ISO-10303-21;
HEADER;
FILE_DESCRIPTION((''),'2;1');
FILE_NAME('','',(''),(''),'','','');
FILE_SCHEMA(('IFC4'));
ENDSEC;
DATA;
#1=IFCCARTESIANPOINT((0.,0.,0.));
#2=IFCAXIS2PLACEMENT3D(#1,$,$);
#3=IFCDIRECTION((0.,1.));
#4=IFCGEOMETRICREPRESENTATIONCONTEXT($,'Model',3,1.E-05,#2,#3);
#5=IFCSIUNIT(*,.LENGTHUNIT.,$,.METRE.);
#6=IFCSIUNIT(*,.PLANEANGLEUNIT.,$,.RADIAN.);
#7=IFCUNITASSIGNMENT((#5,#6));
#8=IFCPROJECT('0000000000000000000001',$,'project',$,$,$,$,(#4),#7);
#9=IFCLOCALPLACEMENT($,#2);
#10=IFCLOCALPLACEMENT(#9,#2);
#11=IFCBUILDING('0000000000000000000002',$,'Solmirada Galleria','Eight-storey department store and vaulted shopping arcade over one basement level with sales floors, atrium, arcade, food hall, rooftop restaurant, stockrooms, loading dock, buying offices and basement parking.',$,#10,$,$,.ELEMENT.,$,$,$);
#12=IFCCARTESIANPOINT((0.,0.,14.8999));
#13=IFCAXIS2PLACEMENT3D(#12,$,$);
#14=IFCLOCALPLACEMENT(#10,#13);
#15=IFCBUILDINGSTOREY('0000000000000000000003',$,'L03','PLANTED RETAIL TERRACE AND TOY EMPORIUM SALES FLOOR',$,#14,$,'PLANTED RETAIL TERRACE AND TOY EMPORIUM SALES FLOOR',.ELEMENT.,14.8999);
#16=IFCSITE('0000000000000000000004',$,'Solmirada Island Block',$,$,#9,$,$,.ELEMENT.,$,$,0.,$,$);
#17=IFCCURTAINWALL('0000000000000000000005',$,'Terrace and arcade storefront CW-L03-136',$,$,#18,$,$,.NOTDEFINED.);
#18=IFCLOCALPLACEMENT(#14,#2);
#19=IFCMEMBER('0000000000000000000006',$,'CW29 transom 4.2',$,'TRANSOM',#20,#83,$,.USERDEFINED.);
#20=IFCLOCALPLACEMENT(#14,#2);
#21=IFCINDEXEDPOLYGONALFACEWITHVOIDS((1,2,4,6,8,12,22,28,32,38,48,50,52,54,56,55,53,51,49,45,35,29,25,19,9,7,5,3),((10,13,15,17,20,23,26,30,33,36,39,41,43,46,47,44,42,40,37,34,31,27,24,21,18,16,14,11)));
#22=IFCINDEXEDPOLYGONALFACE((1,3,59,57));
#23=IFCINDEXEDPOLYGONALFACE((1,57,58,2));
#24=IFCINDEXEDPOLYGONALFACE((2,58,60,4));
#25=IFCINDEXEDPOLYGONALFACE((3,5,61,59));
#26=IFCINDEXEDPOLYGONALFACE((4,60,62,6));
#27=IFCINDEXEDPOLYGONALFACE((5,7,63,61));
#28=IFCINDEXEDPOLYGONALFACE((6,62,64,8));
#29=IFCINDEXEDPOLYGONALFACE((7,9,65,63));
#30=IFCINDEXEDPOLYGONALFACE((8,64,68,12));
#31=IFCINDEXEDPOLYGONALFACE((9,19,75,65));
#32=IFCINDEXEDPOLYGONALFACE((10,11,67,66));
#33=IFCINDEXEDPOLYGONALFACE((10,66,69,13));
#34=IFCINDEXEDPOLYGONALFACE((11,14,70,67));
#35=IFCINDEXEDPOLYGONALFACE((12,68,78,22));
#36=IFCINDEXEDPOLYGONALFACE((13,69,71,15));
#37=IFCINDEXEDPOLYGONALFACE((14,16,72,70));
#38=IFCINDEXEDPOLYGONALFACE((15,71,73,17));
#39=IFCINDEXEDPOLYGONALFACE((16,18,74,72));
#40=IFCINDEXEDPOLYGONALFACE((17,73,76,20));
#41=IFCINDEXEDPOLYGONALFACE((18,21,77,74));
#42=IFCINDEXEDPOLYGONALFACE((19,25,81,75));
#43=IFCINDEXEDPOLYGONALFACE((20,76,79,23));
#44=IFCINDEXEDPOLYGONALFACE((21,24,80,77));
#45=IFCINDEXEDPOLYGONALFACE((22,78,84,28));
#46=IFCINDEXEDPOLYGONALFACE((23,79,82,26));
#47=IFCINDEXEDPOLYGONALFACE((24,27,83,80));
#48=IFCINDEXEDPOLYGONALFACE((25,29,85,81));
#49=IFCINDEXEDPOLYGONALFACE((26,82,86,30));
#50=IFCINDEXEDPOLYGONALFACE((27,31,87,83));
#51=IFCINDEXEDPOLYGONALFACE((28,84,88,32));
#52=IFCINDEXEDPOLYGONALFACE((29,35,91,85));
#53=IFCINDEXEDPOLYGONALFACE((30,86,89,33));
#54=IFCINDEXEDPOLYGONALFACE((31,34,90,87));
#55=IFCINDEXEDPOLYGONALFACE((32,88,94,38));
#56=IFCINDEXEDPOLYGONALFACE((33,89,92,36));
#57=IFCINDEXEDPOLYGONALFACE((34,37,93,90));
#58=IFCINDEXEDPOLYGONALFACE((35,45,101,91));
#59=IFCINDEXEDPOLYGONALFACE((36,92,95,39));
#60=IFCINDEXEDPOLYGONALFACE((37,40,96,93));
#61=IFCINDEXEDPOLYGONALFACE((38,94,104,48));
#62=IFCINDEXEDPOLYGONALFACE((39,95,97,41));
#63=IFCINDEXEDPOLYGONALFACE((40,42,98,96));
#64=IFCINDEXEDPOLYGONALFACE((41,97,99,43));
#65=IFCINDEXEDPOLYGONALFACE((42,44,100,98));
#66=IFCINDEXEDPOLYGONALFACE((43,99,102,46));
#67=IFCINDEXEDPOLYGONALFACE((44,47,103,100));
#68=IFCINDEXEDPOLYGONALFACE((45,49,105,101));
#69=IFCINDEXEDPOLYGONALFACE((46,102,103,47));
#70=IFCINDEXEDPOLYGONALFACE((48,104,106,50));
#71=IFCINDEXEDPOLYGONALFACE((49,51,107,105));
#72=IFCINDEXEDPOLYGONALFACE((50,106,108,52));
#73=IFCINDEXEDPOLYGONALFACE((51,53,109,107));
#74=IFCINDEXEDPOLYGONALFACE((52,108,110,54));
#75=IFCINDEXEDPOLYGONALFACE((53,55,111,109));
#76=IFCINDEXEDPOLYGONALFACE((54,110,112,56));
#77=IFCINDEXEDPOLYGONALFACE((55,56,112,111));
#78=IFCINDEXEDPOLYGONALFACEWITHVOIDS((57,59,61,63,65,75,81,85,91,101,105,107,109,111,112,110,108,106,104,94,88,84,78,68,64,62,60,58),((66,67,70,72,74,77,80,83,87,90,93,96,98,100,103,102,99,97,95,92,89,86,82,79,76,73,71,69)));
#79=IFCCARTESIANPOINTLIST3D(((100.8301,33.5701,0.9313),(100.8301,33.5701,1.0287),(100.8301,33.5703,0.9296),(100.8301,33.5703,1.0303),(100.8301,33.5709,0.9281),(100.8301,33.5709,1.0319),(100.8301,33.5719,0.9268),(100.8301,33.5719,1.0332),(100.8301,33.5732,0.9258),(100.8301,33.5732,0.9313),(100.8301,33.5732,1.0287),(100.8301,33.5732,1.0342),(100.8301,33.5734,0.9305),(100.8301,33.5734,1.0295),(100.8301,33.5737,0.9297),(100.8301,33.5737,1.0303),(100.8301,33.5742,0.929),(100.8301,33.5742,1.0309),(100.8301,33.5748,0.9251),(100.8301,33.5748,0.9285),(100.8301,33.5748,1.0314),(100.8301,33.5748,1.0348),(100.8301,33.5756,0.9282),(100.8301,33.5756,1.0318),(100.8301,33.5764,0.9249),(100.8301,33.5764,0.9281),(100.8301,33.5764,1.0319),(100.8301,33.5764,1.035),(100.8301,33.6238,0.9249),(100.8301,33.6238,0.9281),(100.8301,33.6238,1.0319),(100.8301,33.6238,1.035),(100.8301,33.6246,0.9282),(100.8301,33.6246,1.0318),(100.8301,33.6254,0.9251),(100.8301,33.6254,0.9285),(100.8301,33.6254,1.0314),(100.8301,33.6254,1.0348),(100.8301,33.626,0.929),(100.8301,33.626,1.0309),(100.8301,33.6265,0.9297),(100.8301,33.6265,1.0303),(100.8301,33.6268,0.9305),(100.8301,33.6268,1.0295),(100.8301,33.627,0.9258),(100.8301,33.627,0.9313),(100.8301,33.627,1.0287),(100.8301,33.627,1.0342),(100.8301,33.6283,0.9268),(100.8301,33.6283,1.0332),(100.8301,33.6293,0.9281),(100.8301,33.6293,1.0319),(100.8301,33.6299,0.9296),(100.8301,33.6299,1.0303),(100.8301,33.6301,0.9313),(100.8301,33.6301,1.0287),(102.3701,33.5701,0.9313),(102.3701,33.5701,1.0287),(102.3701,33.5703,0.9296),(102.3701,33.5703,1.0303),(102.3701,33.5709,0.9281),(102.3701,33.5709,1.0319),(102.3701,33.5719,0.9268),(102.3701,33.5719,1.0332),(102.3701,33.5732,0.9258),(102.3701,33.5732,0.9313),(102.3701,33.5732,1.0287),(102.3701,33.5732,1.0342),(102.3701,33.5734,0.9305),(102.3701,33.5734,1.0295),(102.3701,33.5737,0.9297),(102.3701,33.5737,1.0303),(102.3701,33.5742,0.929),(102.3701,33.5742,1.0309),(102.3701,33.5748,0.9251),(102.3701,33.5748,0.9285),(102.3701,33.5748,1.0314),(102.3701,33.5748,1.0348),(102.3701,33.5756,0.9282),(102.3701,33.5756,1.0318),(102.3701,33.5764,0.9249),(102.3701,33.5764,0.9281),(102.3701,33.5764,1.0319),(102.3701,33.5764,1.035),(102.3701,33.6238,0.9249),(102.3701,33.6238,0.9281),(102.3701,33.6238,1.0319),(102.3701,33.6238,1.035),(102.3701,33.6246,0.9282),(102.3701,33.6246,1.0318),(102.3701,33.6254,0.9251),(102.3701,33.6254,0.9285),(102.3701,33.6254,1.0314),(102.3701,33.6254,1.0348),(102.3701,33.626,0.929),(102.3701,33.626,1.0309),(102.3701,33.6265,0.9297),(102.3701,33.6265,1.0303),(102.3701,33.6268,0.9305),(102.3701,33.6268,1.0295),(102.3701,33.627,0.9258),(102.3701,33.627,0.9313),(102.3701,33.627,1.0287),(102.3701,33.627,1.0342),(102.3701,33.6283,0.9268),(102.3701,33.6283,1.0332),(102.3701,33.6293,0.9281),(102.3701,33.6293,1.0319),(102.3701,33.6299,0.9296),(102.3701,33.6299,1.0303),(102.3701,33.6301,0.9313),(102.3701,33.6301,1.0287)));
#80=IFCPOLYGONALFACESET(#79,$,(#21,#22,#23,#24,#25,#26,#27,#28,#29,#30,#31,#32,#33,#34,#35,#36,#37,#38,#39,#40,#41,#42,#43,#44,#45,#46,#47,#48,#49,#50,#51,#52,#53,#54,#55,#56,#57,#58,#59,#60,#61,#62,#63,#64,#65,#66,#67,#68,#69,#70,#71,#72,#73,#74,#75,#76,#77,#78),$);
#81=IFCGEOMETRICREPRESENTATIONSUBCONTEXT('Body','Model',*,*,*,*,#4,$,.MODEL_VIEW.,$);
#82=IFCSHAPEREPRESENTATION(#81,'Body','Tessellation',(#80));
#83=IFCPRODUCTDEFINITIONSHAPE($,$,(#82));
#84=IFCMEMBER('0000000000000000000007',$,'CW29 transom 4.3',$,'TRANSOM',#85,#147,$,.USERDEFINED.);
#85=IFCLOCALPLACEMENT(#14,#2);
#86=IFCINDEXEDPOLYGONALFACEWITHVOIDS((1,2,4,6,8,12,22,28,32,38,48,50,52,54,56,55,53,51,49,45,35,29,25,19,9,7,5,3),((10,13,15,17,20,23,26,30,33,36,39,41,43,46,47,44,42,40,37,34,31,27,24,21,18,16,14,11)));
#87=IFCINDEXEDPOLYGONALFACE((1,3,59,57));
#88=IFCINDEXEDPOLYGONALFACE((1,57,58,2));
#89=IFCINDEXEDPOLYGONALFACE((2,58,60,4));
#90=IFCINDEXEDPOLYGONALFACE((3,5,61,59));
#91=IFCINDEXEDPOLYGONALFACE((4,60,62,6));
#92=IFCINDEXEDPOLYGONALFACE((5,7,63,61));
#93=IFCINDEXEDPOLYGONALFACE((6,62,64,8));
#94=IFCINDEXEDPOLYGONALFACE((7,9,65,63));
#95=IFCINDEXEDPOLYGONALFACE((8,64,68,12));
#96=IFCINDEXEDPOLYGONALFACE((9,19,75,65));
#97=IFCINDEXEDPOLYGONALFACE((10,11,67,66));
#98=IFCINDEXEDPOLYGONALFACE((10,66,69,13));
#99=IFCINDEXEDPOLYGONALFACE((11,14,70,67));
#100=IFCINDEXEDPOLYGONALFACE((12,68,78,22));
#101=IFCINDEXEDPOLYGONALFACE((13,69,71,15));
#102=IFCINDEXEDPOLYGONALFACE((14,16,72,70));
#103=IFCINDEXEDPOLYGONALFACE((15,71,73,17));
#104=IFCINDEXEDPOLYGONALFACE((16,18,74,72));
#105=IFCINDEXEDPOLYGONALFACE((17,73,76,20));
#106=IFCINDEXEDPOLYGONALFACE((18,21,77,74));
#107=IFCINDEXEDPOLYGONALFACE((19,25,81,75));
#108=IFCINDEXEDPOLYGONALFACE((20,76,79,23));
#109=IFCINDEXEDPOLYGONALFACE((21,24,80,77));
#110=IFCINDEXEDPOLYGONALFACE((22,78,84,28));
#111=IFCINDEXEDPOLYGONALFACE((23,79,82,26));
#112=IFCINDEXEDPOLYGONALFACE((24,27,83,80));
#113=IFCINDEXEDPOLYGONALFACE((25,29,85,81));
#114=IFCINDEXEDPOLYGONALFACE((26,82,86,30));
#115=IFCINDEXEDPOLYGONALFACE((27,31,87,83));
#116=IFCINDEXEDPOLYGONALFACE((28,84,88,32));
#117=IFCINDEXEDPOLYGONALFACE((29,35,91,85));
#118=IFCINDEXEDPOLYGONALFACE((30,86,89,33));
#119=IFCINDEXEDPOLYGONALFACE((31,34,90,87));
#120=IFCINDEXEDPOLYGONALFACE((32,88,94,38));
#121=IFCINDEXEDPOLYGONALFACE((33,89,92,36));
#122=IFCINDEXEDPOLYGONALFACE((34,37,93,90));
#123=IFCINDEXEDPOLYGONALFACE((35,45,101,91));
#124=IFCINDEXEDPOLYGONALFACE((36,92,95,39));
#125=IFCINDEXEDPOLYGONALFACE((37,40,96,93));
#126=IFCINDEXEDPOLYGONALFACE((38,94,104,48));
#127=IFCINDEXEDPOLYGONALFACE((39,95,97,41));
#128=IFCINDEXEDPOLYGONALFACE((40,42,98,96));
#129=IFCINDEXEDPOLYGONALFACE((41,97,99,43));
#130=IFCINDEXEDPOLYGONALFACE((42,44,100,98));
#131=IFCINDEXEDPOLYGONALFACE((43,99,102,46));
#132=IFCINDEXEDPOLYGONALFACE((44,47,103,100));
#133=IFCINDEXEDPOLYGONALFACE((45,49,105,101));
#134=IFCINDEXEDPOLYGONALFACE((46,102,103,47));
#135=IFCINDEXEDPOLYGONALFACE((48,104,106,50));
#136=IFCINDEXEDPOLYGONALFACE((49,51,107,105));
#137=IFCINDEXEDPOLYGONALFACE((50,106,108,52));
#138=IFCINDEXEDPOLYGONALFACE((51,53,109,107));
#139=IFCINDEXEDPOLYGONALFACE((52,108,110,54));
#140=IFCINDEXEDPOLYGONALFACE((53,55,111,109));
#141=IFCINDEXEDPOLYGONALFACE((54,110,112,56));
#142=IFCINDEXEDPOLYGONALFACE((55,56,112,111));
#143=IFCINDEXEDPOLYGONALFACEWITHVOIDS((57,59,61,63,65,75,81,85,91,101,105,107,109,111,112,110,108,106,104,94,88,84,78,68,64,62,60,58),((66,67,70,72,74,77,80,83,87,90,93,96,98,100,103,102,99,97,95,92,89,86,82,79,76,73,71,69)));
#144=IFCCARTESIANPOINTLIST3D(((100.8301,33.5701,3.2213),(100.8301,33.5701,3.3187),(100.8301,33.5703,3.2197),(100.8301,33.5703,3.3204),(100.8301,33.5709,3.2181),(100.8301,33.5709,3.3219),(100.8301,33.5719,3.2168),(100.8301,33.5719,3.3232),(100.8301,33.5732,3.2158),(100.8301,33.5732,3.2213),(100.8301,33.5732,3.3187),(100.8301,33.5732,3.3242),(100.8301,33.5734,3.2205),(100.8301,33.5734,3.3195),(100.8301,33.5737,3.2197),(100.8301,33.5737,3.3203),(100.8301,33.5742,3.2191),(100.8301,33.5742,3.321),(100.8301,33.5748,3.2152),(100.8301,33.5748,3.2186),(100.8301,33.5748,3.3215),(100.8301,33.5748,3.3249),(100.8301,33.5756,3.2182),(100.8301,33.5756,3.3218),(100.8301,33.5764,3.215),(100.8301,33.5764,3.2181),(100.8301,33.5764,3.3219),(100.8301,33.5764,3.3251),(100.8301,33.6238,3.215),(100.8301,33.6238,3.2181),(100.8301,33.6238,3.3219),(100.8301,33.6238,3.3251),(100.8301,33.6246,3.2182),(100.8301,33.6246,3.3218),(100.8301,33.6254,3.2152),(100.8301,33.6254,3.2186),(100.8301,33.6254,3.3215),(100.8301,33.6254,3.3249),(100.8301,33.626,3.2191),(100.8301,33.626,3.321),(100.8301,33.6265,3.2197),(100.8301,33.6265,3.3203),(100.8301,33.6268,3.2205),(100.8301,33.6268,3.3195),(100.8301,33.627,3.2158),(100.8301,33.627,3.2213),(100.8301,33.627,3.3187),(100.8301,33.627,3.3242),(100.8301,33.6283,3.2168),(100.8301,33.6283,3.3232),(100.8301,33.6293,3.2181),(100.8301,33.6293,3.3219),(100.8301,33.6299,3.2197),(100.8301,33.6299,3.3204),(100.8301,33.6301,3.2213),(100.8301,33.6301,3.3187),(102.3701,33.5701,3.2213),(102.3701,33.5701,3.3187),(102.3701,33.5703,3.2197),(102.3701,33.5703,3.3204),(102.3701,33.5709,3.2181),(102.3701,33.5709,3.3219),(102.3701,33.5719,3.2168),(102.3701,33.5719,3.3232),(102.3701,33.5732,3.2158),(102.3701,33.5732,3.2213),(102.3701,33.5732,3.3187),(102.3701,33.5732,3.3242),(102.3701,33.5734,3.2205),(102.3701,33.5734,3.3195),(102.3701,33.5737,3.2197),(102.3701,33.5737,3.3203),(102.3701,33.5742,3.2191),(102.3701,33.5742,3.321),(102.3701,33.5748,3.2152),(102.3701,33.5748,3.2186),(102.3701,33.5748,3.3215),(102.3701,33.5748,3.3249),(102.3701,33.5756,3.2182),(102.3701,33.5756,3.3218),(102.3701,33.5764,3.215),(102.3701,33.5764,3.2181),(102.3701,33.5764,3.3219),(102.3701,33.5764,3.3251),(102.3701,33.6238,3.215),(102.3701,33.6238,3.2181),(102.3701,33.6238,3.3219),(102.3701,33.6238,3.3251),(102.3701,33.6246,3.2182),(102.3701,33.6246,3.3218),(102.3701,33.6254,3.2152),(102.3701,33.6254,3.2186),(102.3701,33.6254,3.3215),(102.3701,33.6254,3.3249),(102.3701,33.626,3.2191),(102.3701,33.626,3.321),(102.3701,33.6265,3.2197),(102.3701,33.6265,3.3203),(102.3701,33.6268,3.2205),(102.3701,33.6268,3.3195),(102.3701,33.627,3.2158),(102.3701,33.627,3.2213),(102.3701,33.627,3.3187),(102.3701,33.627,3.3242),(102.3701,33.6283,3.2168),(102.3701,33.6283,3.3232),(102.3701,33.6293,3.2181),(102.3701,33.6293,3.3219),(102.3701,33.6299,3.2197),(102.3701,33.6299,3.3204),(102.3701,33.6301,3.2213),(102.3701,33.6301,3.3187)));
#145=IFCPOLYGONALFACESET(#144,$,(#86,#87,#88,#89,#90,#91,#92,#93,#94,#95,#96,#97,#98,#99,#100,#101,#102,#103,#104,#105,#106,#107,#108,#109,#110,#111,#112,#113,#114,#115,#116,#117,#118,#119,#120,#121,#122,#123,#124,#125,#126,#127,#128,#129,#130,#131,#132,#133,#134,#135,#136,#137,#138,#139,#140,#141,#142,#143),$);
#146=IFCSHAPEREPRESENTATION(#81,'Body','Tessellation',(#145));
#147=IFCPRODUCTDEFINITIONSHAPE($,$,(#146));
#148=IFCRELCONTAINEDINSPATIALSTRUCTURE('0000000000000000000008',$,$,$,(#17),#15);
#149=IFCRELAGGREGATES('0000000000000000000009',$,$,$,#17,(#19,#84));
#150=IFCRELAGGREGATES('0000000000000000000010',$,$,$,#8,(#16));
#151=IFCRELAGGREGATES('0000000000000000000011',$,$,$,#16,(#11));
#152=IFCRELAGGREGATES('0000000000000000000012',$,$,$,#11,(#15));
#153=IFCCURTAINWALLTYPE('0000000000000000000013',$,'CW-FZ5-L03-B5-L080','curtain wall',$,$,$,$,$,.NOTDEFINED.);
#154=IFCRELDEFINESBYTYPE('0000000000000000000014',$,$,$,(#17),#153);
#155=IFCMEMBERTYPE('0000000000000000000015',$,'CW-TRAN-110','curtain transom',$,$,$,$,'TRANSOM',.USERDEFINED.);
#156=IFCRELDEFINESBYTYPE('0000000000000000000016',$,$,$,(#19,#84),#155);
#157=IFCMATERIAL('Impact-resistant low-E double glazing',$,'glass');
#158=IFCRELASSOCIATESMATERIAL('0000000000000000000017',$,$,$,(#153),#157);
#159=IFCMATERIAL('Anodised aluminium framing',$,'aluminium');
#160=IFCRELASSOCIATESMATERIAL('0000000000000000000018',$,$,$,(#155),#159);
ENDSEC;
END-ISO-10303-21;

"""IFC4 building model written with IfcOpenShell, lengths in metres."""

from ifc_helpers import new_model, si_unit, direction, frame, origin, origin_2d, place, context, subcontext, project, spatial, hollow_rectangle, extrude, material, material_profile, profile_set, type_object, element, aggregate, save


model = new_model("IFC4")

# Units and contexts
model_context = context("Model", 3, precision=1e-05, world=origin(), true_north=direction((0.0, 1.0)))
body_context = subcontext(model_context, "Body", "Model", "MODEL_VIEW")
ifc_project = project(units=[si_unit("LENGTHUNIT", "METRE"), si_unit("PLANEANGLEUNIT", "RADIAN")], contexts=[model_context])

# Site, building, storey
site_placement = place(None, origin())
site = spatial("IfcSite", under=ifc_project, at=site_placement, Name="Solmirada Island Block", CompositionType="ELEMENT", RefElevation=0.0)
building_placement = place(site_placement, origin())
building = spatial("IfcBuilding", under=site, at=building_placement, Name="Solmirada Galleria", Description="Eight-storey department store and vaulted shopping arcade over one basement level with sales floors, atrium, arcade, food hall, rooftop restaurant, stockrooms, loading dock, buying offices and basement parking.", CompositionType="ELEMENT")
storey_placement = place(building_placement, frame((0.0, 0.0, 14.8999)))
storey = spatial("IfcBuildingStorey", under=building, at=storey_placement, Name="L03", Description="PLANTED RETAIL TERRACE AND TOY EMPORIUM SALES FLOOR", LongName="PLANTED RETAIL TERRACE AND TOY EMPORIUM SALES FLOOR", CompositionType="ELEMENT", Elevation=14.8999)

# Curtain wall, members
ifc_material_1 = material(Name="Impact-resistant low-E double glazing", Category="glass")
curtain_wall_type = type_object("IfcCurtainWallType", Name="CW-FZ5-L03-B5-L080", Description="curtain wall", PredefinedType="NOTDEFINED", material=ifc_material_1)
curtain_wall_placement = place(storey_placement, origin())
curtain_wall = element("IfcCurtainWall", 1, at=curtain_wall_placement, inside=storey, type_object=curtain_wall_type, Name="Terrace and arcade storefront CW-L03-136", PredefinedType="NOTDEFINED")
ifc_material_2 = material(Name="Anodised aluminium framing", Category="aluminium")
ifc_material_profile_1 = material_profile(ifc_material_2, hollow_rectangle(XDim=0.0601, YDim=0.1101, WallThickness=0.0032, InnerFilletRadius=0.0032, OuterFilletRadius=0.0063, at=origin_2d()), Name="ALU-TRAN-110X60")
ifc_profile_set_1 = profile_set([ifc_material_profile_1], Name="Anodised aluminium framing")
member_type_1 = type_object("IfcMemberType", Name="CW-TRAN-110", Description="curtain transom", ElementType="TRANSOM", PredefinedType="USERDEFINED", material=ifc_profile_set_1)
member_1_placement = place(storey_placement, frame((100.8301, 33.6001, 0.98), z_axis=(1.0, 0.0, 0.0), x_axis=(0.0, 1.0, 0.0)))
member_1 = element("IfcMember", 2, at=member_1_placement, type_object=member_type_1, Name="CW29 transom 4.2", ObjectType="TRANSOM", PredefinedType="USERDEFINED", context=body_context, shape_type="SweptSolid", body=[
    extrude(hollow_rectangle(XDim=0.0601, YDim=0.1101, WallThickness=0.0032, InnerFilletRadius=0.0032, OuterFilletRadius=0.0063, at=origin_2d()), origin(), (0.0, 0.0, 1.0), 1.54),
])
member_2_placement = place(storey_placement, frame((100.8301, 33.6001, 3.27), z_axis=(1.0, 0.0, 0.0), x_axis=(0.0, 1.0, 0.0)))
member_2 = element("IfcMember", 3, at=member_2_placement, type_object=member_type_1, Name="CW29 transom 4.3", ObjectType="TRANSOM", PredefinedType="USERDEFINED", context=body_context, shape_type="SweptSolid", body=[
    extrude(hollow_rectangle(XDim=0.0601, YDim=0.1101, WallThickness=0.0032, InnerFilletRadius=0.0032, OuterFilletRadius=0.0063, at=origin_2d()), origin(), (0.0, 0.0, 1.0), 1.54),
])
aggregate(curtain_wall, [member_1, member_2])

save(model, "model.ifc")
